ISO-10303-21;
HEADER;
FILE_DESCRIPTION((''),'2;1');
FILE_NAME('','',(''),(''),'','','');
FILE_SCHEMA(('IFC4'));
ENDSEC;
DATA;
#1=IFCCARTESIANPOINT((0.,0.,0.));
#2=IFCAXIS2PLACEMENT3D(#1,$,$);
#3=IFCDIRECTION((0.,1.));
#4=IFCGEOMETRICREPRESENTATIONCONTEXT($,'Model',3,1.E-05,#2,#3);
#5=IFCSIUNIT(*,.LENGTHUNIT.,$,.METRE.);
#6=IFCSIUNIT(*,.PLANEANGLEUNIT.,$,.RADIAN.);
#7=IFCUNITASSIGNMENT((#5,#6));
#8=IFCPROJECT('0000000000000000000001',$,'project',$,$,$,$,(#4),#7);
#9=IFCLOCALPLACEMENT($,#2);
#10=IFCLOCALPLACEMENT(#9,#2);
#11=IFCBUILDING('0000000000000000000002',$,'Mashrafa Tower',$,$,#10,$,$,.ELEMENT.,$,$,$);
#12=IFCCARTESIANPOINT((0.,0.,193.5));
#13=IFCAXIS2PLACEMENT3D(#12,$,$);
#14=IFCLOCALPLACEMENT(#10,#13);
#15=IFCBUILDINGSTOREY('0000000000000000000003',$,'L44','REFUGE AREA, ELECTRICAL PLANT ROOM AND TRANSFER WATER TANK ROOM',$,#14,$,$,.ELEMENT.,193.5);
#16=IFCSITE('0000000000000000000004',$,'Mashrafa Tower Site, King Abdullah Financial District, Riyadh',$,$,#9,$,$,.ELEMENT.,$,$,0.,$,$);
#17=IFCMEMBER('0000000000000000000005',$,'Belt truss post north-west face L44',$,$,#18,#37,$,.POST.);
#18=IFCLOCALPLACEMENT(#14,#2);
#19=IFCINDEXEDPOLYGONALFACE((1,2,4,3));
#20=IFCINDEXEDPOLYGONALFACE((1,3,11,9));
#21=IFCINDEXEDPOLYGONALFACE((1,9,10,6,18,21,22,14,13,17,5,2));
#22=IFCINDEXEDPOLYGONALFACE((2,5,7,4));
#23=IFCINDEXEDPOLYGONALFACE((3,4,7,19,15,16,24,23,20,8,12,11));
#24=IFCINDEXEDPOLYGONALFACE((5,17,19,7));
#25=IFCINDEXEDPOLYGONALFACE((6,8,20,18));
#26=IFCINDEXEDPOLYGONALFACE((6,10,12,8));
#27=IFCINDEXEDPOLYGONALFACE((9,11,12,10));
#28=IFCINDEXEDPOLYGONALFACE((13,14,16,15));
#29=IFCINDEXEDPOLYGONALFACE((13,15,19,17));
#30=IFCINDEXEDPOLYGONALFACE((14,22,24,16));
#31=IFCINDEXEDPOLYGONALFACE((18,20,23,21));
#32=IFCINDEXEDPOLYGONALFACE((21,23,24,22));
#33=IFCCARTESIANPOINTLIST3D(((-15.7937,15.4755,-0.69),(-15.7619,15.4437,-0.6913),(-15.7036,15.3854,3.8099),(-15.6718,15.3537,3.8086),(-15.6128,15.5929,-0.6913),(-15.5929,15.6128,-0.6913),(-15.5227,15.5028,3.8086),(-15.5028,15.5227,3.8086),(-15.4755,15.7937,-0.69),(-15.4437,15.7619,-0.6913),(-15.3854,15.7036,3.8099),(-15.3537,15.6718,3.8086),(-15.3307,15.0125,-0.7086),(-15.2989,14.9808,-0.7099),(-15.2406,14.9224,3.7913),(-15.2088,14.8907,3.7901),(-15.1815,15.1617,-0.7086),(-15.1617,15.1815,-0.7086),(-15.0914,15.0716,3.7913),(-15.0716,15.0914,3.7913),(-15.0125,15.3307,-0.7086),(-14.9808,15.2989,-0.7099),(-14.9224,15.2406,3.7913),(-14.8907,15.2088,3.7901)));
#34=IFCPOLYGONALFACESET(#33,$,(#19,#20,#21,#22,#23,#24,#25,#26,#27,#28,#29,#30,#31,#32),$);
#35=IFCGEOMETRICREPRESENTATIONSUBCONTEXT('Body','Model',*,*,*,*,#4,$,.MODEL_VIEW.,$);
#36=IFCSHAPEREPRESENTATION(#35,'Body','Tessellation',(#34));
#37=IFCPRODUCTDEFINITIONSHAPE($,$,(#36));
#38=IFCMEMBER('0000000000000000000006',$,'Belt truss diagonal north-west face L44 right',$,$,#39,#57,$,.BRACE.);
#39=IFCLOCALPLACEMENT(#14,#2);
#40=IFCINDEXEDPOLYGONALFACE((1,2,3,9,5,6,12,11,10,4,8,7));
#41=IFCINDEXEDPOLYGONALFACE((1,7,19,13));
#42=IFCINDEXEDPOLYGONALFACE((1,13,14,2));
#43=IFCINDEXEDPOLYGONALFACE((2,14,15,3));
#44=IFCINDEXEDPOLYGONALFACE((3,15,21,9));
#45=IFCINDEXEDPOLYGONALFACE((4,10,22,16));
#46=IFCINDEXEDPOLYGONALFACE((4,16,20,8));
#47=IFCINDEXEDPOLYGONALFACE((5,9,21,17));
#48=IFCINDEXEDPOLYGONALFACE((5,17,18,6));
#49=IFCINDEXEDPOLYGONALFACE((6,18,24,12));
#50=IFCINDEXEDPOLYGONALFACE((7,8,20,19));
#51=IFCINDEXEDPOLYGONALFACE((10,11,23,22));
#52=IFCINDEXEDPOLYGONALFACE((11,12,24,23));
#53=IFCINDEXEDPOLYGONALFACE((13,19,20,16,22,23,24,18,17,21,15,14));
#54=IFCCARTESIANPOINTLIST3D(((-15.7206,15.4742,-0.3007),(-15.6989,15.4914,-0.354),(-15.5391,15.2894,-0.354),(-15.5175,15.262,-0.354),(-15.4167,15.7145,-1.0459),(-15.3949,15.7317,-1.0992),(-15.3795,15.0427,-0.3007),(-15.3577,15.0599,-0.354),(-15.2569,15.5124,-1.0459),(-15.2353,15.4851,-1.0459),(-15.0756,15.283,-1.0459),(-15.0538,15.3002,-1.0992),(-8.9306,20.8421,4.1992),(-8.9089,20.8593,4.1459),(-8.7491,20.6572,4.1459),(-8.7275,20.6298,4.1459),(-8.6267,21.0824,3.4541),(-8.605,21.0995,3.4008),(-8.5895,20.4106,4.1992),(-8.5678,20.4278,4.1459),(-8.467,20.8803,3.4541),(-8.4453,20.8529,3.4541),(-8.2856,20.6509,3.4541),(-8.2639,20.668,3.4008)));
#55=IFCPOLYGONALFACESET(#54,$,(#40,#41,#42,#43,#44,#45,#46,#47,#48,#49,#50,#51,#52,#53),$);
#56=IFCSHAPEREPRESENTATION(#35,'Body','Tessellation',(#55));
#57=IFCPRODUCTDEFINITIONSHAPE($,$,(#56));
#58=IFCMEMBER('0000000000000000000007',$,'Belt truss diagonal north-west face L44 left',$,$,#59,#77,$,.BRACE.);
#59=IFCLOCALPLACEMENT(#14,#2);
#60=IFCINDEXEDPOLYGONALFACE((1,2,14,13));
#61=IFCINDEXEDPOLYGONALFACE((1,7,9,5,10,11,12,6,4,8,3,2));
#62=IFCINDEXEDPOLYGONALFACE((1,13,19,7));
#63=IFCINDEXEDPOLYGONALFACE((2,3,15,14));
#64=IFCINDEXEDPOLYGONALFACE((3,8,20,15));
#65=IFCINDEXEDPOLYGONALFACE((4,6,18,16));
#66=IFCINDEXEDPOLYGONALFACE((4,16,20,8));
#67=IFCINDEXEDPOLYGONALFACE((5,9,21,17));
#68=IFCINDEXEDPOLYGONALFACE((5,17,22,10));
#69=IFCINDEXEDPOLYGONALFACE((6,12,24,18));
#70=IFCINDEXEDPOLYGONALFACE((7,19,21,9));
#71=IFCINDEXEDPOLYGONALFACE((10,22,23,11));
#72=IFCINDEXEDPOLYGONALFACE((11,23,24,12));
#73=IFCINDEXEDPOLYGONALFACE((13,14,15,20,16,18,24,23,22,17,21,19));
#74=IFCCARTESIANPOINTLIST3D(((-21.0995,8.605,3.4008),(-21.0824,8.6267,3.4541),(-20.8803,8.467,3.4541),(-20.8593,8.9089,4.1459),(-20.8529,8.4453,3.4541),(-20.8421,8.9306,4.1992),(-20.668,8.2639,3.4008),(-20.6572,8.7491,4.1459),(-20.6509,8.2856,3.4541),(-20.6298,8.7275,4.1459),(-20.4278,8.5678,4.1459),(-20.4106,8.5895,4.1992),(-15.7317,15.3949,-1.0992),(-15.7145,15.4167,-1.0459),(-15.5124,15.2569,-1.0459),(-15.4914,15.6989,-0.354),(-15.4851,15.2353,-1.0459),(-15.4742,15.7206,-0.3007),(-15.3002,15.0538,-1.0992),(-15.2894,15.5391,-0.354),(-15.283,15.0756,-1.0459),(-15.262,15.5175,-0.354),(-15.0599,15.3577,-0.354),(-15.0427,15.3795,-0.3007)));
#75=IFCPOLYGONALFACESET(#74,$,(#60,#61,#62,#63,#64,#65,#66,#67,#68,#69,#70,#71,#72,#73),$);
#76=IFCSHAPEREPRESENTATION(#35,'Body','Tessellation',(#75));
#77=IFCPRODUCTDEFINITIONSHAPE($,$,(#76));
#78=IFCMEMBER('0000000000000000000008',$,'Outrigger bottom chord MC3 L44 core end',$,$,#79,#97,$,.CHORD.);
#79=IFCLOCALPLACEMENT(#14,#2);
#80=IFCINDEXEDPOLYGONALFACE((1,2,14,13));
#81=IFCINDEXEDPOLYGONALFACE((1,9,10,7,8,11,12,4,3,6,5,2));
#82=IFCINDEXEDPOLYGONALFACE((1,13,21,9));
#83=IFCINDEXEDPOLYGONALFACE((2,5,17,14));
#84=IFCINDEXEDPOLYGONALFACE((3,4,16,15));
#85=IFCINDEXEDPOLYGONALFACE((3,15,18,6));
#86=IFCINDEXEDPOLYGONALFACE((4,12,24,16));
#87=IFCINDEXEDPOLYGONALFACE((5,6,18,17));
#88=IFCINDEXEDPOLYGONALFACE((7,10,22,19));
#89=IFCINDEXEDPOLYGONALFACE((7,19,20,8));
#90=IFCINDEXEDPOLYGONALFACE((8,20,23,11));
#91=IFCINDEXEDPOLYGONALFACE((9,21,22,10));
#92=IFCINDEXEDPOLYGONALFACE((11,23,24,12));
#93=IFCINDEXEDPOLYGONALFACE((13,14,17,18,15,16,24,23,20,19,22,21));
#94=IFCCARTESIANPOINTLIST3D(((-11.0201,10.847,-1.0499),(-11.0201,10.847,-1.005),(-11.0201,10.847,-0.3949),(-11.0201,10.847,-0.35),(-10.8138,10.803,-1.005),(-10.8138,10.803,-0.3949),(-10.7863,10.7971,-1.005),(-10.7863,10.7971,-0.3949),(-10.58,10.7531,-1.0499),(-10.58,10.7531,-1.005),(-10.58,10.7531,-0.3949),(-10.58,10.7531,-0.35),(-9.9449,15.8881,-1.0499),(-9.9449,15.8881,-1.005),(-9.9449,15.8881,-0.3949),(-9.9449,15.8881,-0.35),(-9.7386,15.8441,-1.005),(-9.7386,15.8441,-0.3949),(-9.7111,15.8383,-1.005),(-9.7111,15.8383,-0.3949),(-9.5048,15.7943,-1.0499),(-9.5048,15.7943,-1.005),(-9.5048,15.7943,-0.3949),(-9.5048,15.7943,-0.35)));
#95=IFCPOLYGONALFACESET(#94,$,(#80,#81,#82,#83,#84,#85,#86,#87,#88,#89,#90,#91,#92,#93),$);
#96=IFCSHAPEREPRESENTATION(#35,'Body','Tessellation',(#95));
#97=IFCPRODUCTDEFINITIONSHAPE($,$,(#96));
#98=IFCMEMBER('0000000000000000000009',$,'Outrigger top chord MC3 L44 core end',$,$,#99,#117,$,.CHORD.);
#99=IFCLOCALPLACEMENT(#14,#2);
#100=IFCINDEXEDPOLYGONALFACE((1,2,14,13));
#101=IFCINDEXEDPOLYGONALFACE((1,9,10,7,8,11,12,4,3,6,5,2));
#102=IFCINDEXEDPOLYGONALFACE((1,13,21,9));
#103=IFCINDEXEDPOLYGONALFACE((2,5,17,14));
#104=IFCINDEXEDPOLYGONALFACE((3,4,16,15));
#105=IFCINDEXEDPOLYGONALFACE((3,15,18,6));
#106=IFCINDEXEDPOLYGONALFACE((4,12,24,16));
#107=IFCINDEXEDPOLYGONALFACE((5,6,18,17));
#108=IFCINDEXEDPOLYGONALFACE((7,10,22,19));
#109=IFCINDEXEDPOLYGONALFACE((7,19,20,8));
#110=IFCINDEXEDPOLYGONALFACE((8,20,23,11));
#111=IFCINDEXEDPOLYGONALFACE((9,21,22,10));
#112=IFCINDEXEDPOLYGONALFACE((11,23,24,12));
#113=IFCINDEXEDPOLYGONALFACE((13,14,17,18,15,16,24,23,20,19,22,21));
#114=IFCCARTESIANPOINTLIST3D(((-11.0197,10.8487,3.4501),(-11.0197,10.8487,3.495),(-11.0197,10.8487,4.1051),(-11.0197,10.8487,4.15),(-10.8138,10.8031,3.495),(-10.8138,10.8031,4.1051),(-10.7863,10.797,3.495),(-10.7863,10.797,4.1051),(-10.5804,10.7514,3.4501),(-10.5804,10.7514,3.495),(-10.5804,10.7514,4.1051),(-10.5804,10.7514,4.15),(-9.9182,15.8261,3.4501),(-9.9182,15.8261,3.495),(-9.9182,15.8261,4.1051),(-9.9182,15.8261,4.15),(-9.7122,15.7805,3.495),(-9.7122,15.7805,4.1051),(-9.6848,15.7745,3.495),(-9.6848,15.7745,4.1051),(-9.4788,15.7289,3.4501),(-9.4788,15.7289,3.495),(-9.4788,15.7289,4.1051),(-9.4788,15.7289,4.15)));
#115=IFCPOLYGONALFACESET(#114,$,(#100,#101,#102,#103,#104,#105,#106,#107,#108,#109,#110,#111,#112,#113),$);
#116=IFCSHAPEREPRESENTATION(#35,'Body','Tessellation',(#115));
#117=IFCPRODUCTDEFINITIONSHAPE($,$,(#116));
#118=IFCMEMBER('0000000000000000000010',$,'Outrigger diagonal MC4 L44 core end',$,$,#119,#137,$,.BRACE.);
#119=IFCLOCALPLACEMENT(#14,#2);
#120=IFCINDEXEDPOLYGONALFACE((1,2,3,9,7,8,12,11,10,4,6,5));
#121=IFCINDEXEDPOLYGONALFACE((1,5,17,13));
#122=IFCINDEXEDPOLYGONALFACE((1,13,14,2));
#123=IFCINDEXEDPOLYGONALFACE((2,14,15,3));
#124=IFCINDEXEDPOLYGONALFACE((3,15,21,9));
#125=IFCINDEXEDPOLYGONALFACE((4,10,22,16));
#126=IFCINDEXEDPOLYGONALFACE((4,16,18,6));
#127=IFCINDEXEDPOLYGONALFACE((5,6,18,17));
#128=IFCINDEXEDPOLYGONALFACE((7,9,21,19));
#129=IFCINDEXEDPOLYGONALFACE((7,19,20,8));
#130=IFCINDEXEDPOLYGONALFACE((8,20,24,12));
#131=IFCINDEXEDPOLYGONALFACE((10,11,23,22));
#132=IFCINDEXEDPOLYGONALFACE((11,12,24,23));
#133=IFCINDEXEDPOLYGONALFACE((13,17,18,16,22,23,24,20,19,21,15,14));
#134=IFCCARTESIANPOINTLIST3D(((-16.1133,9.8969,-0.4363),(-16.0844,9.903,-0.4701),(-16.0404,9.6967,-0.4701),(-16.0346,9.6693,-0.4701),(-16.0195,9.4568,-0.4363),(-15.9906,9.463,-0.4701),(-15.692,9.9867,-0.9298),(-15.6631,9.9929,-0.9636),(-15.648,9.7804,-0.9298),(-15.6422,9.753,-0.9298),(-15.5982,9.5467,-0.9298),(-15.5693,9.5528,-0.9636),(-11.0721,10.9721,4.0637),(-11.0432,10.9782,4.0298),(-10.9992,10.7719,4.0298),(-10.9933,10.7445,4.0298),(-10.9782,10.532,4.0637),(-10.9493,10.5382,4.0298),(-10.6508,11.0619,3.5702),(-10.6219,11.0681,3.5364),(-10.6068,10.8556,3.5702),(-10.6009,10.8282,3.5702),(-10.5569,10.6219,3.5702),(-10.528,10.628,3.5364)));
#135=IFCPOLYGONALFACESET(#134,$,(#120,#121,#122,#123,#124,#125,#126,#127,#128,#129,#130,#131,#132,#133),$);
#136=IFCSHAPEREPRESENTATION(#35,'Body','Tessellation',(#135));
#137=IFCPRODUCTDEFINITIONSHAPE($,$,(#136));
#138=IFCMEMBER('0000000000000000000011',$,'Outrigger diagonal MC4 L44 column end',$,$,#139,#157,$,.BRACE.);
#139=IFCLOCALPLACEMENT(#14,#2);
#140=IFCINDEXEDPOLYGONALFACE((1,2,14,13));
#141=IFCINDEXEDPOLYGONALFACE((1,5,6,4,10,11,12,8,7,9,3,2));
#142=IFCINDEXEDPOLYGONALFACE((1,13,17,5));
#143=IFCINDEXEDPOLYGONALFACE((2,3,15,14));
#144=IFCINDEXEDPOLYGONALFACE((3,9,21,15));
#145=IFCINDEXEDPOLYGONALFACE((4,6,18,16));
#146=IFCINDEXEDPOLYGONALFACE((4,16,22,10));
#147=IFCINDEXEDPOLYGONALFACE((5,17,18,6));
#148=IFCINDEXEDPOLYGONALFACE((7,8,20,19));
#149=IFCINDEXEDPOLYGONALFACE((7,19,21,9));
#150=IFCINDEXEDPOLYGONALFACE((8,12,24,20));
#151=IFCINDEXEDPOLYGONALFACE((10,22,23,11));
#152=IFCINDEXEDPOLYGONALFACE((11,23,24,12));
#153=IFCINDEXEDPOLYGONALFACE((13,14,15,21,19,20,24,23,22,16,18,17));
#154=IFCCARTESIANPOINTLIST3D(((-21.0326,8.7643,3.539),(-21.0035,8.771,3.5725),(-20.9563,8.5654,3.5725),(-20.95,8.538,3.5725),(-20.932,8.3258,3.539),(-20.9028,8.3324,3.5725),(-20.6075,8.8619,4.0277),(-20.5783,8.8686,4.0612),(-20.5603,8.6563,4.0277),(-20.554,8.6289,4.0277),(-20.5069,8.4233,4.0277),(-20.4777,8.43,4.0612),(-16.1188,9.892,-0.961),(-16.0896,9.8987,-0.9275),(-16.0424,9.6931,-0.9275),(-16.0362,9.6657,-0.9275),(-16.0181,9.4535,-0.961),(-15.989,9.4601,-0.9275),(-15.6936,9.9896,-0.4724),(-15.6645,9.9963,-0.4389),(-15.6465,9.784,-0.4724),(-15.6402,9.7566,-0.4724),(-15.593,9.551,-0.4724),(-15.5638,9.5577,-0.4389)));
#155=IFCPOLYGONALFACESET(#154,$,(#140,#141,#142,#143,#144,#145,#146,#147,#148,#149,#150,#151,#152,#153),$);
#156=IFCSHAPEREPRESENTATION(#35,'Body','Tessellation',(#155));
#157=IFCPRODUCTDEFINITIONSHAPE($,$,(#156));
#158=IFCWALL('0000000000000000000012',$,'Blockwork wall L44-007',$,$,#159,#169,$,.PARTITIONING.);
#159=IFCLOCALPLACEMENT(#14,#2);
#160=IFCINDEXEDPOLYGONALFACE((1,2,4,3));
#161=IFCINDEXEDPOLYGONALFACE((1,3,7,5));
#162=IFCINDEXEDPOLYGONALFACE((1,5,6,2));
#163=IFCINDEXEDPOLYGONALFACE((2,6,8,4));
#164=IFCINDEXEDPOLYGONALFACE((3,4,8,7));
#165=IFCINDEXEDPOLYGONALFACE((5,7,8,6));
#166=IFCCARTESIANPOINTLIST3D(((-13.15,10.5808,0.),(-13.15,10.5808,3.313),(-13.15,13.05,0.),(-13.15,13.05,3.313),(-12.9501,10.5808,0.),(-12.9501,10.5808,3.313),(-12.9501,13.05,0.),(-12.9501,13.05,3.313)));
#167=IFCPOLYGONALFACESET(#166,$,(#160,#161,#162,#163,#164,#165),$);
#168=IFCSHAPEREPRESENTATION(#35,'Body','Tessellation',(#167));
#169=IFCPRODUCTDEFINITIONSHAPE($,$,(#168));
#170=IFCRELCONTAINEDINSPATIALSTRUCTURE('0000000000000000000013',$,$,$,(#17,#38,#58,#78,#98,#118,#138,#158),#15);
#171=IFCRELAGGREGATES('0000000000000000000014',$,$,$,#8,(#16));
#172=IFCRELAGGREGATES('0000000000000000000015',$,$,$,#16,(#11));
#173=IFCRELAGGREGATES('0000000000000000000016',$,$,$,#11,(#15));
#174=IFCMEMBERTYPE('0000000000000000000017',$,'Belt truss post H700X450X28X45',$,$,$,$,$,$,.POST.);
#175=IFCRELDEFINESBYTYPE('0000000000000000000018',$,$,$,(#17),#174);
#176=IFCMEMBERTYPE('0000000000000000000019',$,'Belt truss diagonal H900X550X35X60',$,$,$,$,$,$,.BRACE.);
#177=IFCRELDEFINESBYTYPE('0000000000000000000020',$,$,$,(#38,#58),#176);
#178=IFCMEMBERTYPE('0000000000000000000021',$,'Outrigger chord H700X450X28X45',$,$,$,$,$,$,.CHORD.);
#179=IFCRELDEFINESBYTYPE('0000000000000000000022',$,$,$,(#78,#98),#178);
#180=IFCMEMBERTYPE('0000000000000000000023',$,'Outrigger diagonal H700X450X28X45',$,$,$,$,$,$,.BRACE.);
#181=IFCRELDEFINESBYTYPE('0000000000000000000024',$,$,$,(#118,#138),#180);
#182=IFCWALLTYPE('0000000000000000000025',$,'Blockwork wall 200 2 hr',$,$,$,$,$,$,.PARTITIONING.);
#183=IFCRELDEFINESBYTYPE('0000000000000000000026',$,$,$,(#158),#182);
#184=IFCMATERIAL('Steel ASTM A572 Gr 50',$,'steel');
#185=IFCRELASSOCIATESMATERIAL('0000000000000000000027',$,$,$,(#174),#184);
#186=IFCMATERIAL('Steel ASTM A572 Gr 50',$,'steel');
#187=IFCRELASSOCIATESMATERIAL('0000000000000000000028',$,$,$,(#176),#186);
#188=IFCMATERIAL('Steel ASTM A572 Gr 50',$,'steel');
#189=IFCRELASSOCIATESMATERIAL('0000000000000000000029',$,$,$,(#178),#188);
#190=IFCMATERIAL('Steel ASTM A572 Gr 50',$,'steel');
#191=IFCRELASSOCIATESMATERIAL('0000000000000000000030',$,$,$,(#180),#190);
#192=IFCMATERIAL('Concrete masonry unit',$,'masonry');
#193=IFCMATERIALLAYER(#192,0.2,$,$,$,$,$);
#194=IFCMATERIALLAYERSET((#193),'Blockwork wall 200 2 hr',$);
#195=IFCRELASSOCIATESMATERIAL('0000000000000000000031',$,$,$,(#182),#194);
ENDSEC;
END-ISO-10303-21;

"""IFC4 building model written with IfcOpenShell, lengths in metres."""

from ifc_helpers import new_model, si_unit, direction, frame, frame_2d, origin, origin_2d, place, context, subcontext, project, spatial, rectangle, i_section, extrude, source, transform, mapped, material, layer, layer_set, material_profile, profile_set, type_object, type_shapes, element, save


model = new_model("IFC4")

# Units and contexts
model_context = context("Model", 3, precision=1e-05, world=origin(), true_north=direction((0.0, 1.0)))
body_context = subcontext(model_context, "Body", "Model", "MODEL_VIEW")
ifc_project = project(units=[si_unit("LENGTHUNIT", "METRE"), si_unit("PLANEANGLEUNIT", "RADIAN")], contexts=[model_context])

# Site, building, storey
site_placement = place(None, origin())
site = spatial("IfcSite", under=ifc_project, at=site_placement, Name="Mashrafa Tower Site, King Abdullah Financial District, Riyadh", CompositionType="ELEMENT", RefElevation=0.0)
building_placement = place(site_placement, origin())
building = spatial("IfcBuilding", under=site, at=building_placement, Name="Mashrafa Tower", CompositionType="ELEMENT")
storey_placement = place(building_placement, frame((0.0, 0.0, 193.5)))
storey = spatial("IfcBuildingStorey", under=building, at=storey_placement, Name="L44", Description="REFUGE AREA, ELECTRICAL PLANT ROOM AND TRANSFER WATER TANK ROOM", CompositionType="ELEMENT", Elevation=193.5)

# Members
ifc_material_1 = material(Name="Steel ASTM A572 Gr 50", Category="steel")
ifc_material_profile_1 = material_profile(ifc_material_1, i_section(OverallWidth=0.45, OverallDepth=0.7, WebThickness=0.0281, FlangeThickness=0.0449, at=origin_2d()), Name="H700X450X28X45")
ifc_profile_set_1 = profile_set([ifc_material_profile_1], Name="Steel ASTM A572 Gr 50")
member_type_1 = type_object("IfcMemberType", Name="Belt truss post H700X450X28X45", PredefinedType="POST", material=ifc_profile_set_1)
shared_shape_1 = source(origin(), body_context, "Body", "SweptSolid", [
    extrude(i_section(OverallWidth=0.45, OverallDepth=0.7, WebThickness=0.0281, FlangeThickness=0.0449, at=origin_2d()), origin(), (0.0, 0.0, 1.0), 4.5017),
])
type_shapes(member_type_1, [shared_shape_1])
member_1_placement = place(storey_placement, frame((-15.3872, 15.3872, -0.7), z_axis=(0.020012, -0.020012, 0.999599), x_axis=(0.707107, 0.707107, 0.0)))
element("IfcMember", 1, at=member_1_placement, inside=storey, type_object=member_type_1, Name="Belt truss post north-west face L44", PredefinedType="POST", context=body_context, shape_type="MappedRepresentation", body=[
    mapped(shared_shape_1, transform((0.0, 0.0, 0.0))),
])
ifc_material_2 = material(Name="Steel ASTM A572 Gr 50", Category="steel")
ifc_material_profile_2 = material_profile(ifc_material_2, i_section(OverallWidth=0.55, OverallDepth=0.8999, WebThickness=0.0349, FlangeThickness=0.0601, at=origin_2d()), Name="H900X550X35X60")
ifc_profile_set_2 = profile_set([ifc_material_profile_2], Name="Steel ASTM A572 Gr 50")
member_type_2 = type_object("IfcMemberType", Name="Belt truss diagonal H900X550X35X60", PredefinedType="BRACE", material=ifc_profile_set_2)
shared_shape_2 = source(origin(), body_context, "Body", "SweptSolid", [
    extrude(i_section(OverallWidth=0.55, OverallDepth=0.8999, WebThickness=0.0349, FlangeThickness=0.0601, at=origin_2d()), origin(), (0.0, 0.0, 1.0), 9.7554),
])
type_shapes(member_type_2, [shared_shape_2])
for number, where, z_axis, x_axis, name in (
    (2, (-15.3872, 15.3872, -0.7), (0.696024, 0.550247, 0.46128), (-0.620168, 0.784469, 0.0), "Belt truss diagonal north-west face L44 right"),
    (3, (-15.3872, 15.3872, -0.7), (-0.550247, -0.696024, 0.46128), (0.784469, -0.620168, 0.0), "Belt truss diagonal north-west face L44 left"),
):
    element("IfcMember", number, at=place(storey_placement, frame(where, z_axis=z_axis, x_axis=x_axis)), inside=storey, type_object=member_type_2, Name=name, PredefinedType="BRACE", context=body_context, shape_type="MappedRepresentation", body=[
        mapped(shared_shape_2, transform((0.0, 0.0, 0.0))),
    ])
ifc_material_3 = material(Name="Steel ASTM A572 Gr 50", Category="steel")
ifc_material_profile_3 = material_profile(ifc_material_3, i_section(OverallWidth=0.45, OverallDepth=0.7, WebThickness=0.0281, FlangeThickness=0.0449, at=origin_2d()), Name="H700X450X28X45")
ifc_profile_set_3 = profile_set([ifc_material_profile_3], Name="Steel ASTM A572 Gr 50")
member_type_3 = type_object("IfcMemberType", Name="Outrigger chord H700X450X28X45", PredefinedType="CHORD", material=ifc_profile_set_3)
shared_shape_3 = source(origin(), body_context, "Body", "SweptSolid", [
    extrude(i_section(OverallWidth=0.45, OverallDepth=0.7, WebThickness=0.0281, FlangeThickness=0.0449, at=origin_2d()), origin(), (0.0, 0.0, 1.0), 5.1545),
])
member_2_placement = place(storey_placement, frame((-10.8, 10.8, -0.7), z_axis=(0.208588, 0.978004, 0.0), x_axis=(-0.978004, 0.208588, 0.0)))
element("IfcMember", 4, at=member_2_placement, inside=storey, type_object=member_type_3, Name="Outrigger bottom chord MC3 L44 core end", PredefinedType="CHORD", context=body_context, shape_type="MappedRepresentation", body=[
    mapped(shared_shape_3, transform((0.0, 0.0, 0.0))),
])
shared_shape_4 = source(origin(), body_context, "Body", "SweptSolid", [
    extrude(i_section(OverallWidth=0.45, OverallDepth=0.7, WebThickness=0.0281, FlangeThickness=0.0449, at=origin_2d()), origin(), (0.0, 0.0, 1.0), 5.0979),
])
type_shapes(member_type_3, [shared_shape_3, shared_shape_4])
member_3_placement = place(storey_placement, frame((-10.8, 10.8, 3.8), z_axis=(0.216079, 0.976376, 0.0), x_axis=(-0.976376, 0.216079, 0.0)))
element("IfcMember", 5, at=member_3_placement, inside=storey, type_object=member_type_3, Name="Outrigger top chord MC3 L44 core end", PredefinedType="CHORD", context=body_context, shape_type="MappedRepresentation", body=[
    mapped(shared_shape_4, transform((0.0, 0.0, 0.0))),
])
ifc_material_4 = material(Name="Steel ASTM A572 Gr 50", Category="steel")
ifc_material_profile_4 = material_profile(ifc_material_4, i_section(OverallWidth=0.45, OverallDepth=0.7, WebThickness=0.0281, FlangeThickness=0.0449, at=origin_2d()), Name="H700X450X28X45")
ifc_profile_set_4 = profile_set([ifc_material_profile_4], Name="Steel ASTM A572 Gr 50")
member_type_4 = type_object("IfcMemberType", Name="Outrigger diagonal H700X450X28X45", PredefinedType="BRACE", material=ifc_profile_set_4)
shared_shape_5 = source(origin(), body_context, "Body", "SweptSolid", [
    extrude(i_section(OverallWidth=0.45, OverallDepth=0.7, WebThickness=0.0281, FlangeThickness=0.0449, at=origin_2d()), origin(), (0.0, 0.0, 1.0), 6.8425),
])
member_4_placement = place(storey_placement, frame((-15.8413, 9.7249, -0.7), z_axis=(0.736753, 0.157134, 0.657651), x_axis=(-0.208588, 0.978004, 0.0)))
element("IfcMember", 6, at=member_4_placement, inside=storey, type_object=member_type_4, Name="Outrigger diagonal MC4 L44 core end", PredefinedType="BRACE", context=body_context, shape_type="MappedRepresentation", body=[
    mapped(shared_shape_5, transform((0.0, 0.0, 0.0))),
])
shared_shape_6 = source(origin(), body_context, "Body", "SweptSolid", [
    extrude(i_section(OverallWidth=0.45, OverallDepth=0.7, WebThickness=0.0281, FlangeThickness=0.0449, at=origin_2d()), origin(), (0.0, 0.0, 1.0), 6.7578),
])
type_shapes(member_type_4, [shared_shape_5, shared_shape_6])
member_5_placement = place(storey_placement, frame((-15.8413, 9.7249, -0.7), z_axis=(-0.727137, -0.166873, 0.665901), x_axis=(0.223678, -0.974663, 0.0)))
element("IfcMember", 7, at=member_5_placement, inside=storey, type_object=member_type_4, Name="Outrigger diagonal MC4 L44 column end", PredefinedType="BRACE", context=body_context, shape_type="MappedRepresentation", body=[
    mapped(shared_shape_6, transform((0.0, 0.0, 0.0))),
])

# Wall
ifc_material_5 = material(Name="Concrete masonry unit", Category="masonry")
ifc_layer_1 = layer(ifc_material_5, 0.2)
ifc_layer_set_1 = layer_set([ifc_layer_1], Name="Blockwork wall 200 2 hr")
wall_type_1 = type_object("IfcWallType", Name="Blockwork wall 200 2 hr", PredefinedType="PARTITIONING", material=ifc_layer_set_1)
wall_1_placement = place(storey_placement, frame((-13.05, 13.05, 0.0), z_axis=(0.0, 0.0, 1.0), x_axis=(0.0, -1.0, 0.0)))
element("IfcWall", 8, at=wall_1_placement, inside=storey, type_object=wall_type_1, Name="Blockwork wall L44-007", PredefinedType="PARTITIONING", context=body_context, shape_type="SweptSolid", body=[
    extrude(rectangle(XDim=2.4692, YDim=0.2, at=frame_2d((1.2346, 0.0))), origin(), (0.0, 0.0, 1.0), 3.313),
])

save(model, "model.ifc")
